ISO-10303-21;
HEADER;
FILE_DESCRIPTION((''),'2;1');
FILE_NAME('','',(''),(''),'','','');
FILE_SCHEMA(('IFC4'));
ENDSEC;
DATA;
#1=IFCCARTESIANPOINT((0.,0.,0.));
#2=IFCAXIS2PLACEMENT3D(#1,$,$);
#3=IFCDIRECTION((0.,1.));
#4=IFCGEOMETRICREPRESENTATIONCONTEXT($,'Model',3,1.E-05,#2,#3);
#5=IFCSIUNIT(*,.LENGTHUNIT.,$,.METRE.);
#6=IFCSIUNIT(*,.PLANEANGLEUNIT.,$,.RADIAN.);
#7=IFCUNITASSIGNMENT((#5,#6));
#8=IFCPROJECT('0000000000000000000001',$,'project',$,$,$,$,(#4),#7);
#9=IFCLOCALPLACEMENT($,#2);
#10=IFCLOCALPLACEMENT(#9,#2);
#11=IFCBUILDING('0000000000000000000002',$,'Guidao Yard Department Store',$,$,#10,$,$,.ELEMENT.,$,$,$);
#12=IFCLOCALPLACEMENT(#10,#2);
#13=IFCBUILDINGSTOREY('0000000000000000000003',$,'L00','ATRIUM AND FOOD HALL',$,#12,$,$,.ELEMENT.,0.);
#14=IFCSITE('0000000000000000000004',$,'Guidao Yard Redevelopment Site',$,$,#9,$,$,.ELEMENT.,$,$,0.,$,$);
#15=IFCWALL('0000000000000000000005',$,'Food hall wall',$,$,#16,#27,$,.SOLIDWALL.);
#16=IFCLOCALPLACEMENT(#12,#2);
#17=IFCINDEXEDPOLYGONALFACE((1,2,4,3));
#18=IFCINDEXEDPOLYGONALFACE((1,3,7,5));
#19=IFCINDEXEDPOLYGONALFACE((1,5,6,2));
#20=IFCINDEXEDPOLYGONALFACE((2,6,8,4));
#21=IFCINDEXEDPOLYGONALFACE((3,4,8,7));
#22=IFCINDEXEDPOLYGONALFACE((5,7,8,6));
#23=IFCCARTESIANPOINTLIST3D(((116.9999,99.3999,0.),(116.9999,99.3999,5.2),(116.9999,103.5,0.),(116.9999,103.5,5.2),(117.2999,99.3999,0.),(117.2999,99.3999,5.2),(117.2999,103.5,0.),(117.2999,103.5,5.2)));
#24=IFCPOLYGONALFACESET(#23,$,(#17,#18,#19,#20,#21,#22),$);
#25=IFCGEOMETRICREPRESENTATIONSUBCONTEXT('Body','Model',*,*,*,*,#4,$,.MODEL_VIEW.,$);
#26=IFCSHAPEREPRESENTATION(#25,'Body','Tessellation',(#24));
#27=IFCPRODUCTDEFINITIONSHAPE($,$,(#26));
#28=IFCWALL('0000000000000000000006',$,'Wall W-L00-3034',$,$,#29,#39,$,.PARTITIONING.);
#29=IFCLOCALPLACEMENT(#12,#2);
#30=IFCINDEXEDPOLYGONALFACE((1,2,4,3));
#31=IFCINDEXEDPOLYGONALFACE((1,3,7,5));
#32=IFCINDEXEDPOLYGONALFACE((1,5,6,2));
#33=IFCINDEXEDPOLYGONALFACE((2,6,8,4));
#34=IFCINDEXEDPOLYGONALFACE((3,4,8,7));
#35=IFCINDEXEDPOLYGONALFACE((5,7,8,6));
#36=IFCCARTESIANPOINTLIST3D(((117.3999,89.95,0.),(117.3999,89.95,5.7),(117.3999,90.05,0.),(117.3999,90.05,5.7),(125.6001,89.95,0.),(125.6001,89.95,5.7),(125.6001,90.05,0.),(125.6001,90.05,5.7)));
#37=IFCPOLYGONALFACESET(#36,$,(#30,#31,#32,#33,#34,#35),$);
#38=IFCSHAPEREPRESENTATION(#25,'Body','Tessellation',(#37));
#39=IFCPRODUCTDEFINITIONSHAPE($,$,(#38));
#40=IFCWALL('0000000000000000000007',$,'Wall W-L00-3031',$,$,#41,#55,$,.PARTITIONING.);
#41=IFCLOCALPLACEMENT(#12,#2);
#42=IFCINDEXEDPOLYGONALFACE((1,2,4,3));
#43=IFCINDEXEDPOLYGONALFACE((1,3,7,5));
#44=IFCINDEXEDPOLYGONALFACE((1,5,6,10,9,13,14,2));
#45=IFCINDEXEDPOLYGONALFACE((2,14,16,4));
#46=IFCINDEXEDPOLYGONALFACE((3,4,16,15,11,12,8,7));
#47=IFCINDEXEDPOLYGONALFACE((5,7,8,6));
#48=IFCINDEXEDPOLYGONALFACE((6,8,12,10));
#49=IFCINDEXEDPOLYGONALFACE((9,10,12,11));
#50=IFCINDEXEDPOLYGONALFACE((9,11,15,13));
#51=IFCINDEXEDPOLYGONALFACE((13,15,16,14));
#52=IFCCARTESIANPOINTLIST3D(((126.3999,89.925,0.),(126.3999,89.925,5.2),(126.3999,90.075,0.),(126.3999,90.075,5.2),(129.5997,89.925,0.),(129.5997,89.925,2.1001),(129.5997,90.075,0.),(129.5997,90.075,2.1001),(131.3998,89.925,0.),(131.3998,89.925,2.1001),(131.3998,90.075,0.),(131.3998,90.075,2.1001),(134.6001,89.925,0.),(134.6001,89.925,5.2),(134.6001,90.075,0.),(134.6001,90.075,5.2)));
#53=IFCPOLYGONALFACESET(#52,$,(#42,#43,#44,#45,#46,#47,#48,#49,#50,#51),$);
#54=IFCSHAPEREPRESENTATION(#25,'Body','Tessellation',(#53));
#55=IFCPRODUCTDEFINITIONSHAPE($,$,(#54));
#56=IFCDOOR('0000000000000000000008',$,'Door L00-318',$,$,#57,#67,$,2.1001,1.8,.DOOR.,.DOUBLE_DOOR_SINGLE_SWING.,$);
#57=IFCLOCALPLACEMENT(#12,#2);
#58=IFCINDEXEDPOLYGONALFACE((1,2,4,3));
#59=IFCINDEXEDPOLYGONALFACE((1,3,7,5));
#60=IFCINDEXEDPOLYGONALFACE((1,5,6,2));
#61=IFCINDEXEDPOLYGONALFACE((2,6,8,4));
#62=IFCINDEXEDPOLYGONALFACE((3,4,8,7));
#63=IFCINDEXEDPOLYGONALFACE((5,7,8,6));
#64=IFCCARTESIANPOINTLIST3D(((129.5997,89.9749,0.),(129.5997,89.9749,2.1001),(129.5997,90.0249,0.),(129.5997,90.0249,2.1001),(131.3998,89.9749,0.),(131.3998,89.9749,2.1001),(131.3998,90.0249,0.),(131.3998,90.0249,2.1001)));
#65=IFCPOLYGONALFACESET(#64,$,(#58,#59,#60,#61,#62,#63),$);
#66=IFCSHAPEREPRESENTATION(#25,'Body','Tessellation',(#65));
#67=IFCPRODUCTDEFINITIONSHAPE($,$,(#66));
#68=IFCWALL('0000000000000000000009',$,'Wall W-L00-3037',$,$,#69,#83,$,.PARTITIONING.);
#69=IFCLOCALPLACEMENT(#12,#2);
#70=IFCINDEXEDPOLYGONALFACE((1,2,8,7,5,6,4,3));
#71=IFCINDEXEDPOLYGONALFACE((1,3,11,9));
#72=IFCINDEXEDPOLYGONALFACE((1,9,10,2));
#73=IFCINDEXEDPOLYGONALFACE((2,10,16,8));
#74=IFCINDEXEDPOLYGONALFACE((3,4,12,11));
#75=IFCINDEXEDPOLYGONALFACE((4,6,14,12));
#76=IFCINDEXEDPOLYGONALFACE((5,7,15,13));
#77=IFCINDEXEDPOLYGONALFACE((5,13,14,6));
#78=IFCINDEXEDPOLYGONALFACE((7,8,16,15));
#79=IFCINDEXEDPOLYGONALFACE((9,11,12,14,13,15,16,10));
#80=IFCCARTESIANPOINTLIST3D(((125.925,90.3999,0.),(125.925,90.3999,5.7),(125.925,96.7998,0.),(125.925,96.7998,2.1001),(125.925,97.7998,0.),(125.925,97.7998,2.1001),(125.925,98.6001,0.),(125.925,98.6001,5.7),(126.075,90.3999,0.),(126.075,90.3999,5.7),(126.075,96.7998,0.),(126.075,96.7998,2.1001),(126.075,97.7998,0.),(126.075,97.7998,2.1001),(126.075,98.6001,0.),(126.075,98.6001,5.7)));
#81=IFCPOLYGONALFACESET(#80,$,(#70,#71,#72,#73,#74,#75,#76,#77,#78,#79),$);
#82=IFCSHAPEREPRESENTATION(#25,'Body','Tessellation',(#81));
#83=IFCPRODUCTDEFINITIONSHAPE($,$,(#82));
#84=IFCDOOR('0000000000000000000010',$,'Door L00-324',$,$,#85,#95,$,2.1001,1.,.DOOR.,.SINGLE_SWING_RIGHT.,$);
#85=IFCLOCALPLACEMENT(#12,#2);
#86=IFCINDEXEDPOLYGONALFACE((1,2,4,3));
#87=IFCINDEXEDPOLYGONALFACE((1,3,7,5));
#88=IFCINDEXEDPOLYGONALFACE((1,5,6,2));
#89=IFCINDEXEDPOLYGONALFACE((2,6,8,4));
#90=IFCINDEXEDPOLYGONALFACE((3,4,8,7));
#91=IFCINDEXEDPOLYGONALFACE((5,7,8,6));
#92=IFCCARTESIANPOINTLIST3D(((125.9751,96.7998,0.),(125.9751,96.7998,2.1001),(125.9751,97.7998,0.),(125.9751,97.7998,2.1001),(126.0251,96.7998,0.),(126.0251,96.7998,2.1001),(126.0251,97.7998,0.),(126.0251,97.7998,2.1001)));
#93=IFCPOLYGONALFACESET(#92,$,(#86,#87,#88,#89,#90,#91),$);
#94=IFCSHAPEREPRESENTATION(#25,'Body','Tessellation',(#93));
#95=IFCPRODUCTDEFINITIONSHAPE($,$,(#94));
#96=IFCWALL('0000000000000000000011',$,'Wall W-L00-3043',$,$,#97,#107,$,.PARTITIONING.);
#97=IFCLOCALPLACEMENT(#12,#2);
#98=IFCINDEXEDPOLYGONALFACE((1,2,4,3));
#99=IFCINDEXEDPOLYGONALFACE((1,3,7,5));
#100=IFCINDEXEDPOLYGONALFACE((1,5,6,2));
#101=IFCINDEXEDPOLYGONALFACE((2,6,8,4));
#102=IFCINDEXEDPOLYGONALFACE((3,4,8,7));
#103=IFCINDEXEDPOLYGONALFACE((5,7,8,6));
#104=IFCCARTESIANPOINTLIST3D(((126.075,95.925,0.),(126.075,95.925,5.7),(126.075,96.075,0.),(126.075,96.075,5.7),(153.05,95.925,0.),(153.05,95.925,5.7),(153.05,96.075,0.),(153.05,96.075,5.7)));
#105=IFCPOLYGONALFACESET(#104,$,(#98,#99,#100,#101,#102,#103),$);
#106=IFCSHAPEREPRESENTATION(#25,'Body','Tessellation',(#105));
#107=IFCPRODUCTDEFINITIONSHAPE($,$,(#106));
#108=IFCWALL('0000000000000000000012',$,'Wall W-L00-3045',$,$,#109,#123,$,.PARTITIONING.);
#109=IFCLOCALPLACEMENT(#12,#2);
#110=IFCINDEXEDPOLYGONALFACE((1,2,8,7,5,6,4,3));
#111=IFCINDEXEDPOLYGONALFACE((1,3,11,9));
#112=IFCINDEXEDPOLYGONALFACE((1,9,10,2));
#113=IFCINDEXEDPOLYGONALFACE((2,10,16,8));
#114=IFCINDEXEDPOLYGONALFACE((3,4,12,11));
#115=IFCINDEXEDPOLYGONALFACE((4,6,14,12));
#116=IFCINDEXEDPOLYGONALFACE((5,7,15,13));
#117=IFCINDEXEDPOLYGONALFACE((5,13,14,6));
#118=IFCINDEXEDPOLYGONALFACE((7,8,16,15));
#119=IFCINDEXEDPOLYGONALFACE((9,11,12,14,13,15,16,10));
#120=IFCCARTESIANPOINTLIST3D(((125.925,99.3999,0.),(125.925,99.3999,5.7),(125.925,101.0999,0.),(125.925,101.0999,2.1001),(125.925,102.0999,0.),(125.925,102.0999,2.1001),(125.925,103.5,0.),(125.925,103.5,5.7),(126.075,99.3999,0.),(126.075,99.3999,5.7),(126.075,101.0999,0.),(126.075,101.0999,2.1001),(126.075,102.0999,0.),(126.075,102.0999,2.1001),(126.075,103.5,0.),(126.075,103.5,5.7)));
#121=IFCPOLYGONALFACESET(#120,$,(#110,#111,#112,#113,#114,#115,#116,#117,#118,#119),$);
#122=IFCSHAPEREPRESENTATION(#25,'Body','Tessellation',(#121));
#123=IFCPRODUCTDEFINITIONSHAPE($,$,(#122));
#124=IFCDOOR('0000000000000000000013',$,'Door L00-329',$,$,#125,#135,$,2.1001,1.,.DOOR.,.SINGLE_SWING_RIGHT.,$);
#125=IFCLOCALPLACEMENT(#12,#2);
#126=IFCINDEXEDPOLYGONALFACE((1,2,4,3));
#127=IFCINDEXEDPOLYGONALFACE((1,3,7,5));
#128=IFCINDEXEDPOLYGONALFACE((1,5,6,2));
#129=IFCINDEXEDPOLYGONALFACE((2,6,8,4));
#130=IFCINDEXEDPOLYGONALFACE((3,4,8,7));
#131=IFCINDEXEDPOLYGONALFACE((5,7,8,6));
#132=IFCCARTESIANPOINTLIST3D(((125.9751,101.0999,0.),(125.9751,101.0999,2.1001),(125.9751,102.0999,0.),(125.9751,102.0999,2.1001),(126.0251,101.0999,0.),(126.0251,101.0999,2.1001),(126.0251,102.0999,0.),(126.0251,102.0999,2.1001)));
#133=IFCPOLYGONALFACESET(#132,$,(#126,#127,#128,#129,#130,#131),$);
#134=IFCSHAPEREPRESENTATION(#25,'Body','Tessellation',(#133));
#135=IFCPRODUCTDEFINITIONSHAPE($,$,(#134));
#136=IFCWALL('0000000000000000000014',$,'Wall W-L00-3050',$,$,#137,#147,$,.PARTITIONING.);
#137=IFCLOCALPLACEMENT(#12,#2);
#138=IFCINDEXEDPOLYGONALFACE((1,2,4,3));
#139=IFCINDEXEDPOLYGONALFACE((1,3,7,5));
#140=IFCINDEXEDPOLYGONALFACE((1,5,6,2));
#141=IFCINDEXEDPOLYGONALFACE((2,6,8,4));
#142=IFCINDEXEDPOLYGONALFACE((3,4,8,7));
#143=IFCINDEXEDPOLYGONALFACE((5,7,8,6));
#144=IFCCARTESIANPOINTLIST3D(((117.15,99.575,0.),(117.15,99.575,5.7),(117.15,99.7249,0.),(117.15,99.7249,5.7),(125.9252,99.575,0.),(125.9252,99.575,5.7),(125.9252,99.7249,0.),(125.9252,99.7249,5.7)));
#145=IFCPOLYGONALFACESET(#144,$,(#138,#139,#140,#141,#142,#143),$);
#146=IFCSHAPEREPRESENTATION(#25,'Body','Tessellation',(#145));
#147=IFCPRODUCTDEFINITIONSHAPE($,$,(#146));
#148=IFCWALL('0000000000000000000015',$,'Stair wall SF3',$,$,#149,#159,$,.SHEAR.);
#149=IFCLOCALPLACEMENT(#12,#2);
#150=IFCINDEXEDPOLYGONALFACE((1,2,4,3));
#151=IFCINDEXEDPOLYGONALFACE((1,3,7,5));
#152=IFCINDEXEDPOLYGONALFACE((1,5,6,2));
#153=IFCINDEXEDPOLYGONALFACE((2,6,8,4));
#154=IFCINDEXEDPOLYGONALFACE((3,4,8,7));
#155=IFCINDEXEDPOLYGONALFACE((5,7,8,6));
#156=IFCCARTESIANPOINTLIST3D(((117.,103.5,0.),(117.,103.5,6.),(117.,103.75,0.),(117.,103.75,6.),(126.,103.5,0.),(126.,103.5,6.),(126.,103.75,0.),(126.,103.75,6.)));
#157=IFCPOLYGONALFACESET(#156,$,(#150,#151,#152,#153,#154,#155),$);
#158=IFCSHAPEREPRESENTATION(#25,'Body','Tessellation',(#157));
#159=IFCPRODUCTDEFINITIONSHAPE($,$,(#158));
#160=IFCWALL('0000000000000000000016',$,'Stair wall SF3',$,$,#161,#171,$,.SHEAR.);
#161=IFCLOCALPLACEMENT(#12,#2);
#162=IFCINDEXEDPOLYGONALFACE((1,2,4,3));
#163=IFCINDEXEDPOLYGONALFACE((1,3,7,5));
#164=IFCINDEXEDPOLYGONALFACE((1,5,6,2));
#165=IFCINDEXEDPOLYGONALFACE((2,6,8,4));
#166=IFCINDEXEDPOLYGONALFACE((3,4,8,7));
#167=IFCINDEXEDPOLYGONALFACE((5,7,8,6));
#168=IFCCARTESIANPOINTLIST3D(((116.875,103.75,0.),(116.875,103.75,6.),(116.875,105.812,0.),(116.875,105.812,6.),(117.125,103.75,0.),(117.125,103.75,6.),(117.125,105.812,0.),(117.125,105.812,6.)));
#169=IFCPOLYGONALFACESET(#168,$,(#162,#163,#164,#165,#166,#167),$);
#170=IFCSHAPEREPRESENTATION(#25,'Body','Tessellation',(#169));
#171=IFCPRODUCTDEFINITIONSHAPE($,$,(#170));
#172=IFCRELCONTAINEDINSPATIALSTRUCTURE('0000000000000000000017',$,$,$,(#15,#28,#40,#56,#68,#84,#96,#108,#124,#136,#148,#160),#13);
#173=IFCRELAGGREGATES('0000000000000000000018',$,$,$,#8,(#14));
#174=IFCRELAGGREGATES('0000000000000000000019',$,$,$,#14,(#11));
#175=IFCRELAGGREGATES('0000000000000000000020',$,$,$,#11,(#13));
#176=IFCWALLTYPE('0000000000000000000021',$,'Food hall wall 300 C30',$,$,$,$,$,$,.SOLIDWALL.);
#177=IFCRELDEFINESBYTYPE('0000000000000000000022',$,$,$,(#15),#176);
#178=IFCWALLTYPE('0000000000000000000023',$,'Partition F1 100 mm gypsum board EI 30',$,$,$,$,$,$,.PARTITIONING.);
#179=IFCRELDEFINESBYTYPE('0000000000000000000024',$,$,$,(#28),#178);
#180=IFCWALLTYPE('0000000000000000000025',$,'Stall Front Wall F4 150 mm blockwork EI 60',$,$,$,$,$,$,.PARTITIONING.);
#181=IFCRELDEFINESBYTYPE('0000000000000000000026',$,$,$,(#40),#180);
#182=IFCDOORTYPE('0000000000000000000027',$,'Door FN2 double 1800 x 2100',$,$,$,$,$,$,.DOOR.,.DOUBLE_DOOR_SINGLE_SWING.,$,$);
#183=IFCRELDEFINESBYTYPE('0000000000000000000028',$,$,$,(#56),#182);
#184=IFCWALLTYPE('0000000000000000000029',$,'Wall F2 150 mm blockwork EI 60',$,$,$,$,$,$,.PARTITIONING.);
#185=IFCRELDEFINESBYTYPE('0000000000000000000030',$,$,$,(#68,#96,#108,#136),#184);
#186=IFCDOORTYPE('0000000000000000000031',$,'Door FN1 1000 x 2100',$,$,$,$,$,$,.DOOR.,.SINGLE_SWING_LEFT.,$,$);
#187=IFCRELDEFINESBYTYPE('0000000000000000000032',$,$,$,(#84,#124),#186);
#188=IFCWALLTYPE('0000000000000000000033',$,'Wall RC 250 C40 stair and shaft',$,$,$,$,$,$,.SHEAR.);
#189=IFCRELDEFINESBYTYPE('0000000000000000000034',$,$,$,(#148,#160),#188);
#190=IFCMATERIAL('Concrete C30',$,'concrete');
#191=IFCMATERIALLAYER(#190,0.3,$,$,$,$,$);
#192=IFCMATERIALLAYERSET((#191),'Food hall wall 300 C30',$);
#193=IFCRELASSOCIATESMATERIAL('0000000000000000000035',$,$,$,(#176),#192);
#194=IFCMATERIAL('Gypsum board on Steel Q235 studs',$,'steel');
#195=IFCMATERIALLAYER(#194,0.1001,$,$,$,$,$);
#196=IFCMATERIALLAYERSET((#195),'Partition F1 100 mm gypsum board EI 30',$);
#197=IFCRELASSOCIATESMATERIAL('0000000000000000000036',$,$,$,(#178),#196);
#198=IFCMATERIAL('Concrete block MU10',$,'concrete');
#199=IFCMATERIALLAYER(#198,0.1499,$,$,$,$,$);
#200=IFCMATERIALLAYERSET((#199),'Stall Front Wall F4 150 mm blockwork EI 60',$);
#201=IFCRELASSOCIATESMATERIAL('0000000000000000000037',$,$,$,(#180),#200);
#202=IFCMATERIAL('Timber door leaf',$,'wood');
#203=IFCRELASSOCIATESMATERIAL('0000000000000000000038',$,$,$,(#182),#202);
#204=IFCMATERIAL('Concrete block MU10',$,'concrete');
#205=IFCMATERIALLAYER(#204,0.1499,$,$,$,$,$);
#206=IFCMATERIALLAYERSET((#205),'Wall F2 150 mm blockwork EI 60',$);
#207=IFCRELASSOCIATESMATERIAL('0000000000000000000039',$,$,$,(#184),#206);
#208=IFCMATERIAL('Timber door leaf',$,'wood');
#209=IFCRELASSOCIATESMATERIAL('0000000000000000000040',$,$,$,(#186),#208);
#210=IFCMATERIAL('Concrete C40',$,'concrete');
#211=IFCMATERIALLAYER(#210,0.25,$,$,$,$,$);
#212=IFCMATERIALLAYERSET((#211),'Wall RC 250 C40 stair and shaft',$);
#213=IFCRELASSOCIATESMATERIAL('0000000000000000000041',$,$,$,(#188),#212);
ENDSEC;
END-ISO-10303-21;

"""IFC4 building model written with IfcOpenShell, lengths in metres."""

from ifc_helpers import new_model, si_unit, direction, frame, frame_2d, origin, place, context, subcontext, project, spatial, rectangle, extrude, material, layer, layer_set, type_object, element, fill, save


model = new_model("IFC4")

# Units and contexts
model_context = context("Model", 3, precision=1e-05, world=origin(), true_north=direction((0.0, 1.0)))
body_context = subcontext(model_context, "Body", "Model", "MODEL_VIEW")
ifc_project = project(units=[si_unit("LENGTHUNIT", "METRE"), si_unit("PLANEANGLEUNIT", "RADIAN")], contexts=[model_context])

# Site, building, storey
site_placement = place(None, origin())
site = spatial("IfcSite", under=ifc_project, at=site_placement, Name="Guidao Yard Redevelopment Site", CompositionType="ELEMENT", RefElevation=0.0)
building_placement = place(site_placement, origin())
building = spatial("IfcBuilding", under=site, at=building_placement, Name="Guidao Yard Department Store", CompositionType="ELEMENT")
storey_placement = place(building_placement, origin())
storey = spatial("IfcBuildingStorey", under=building, at=storey_placement, Name="L00", Description="ATRIUM AND FOOD HALL", CompositionType="ELEMENT", Elevation=0.0)

# Shared definitions
ifc_material_1 = material(Name="Concrete C30", Category="concrete")
ifc_layer_1 = layer(ifc_material_1, 0.3)
ifc_layer_set_1 = layer_set([ifc_layer_1], Name="Food hall wall 300 C30")
wall_type_1 = type_object("IfcWallType", Name="Food hall wall 300 C30", PredefinedType="SOLIDWALL", material=ifc_layer_set_1)

# Walls
wall_1_placement = place(storey_placement, frame((117.1499, 99.3999, 0.0), z_axis=(0.0, 0.0, 1.0), x_axis=(0.0, 1.0, 0.0)))
element("IfcWall", 1, at=wall_1_placement, inside=storey, type_object=wall_type_1, Name="Food hall wall", PredefinedType="SOLIDWALL", context=body_context, shape_type="SweptSolid", body=[
    extrude(rectangle(XDim=4.1001, YDim=0.3, at=frame_2d((2.05, 0.0))), origin(), (0.0, 0.0, 1.0), 5.2),
])
ifc_material_2 = material(Name="Gypsum board on Steel Q235 studs", Category="steel")
ifc_layer_2 = layer(ifc_material_2, 0.1001)
ifc_layer_set_2 = layer_set([ifc_layer_2], Name="Partition F1 100 mm gypsum board EI 30")
wall_type_2 = type_object("IfcWallType", Name="Partition F1 100 mm gypsum board EI 30", PredefinedType="PARTITIONING", material=ifc_layer_set_2)
wall_2_placement = place(storey_placement, frame((117.3999, 90.0, 0.0), z_axis=(0.0, 0.0, 1.0), x_axis=(1.0, 0.0, 0.0)))
element("IfcWall", 2, at=wall_2_placement, inside=storey, type_object=wall_type_2, Name="Wall W-L00-3034", PredefinedType="PARTITIONING", context=body_context, shape_type="SweptSolid", body=[
    extrude(rectangle(XDim=8.2002, YDim=0.1001, at=frame_2d((4.1001, 0.0))), origin(), (0.0, 0.0, 1.0), 5.7),
])

# Walls, openings, doors
ifc_material_3 = material(Name="Concrete block MU10", Category="concrete")
ifc_layer_3 = layer(ifc_material_3, 0.1499)
ifc_layer_set_3 = layer_set([ifc_layer_3], Name="Stall Front Wall F4 150 mm blockwork EI 60")
wall_type_3 = type_object("IfcWallType", Name="Stall Front Wall F4 150 mm blockwork EI 60", PredefinedType="PARTITIONING", material=ifc_layer_set_3)
wall_3_placement = place(storey_placement, frame((126.3999, 90.0, 0.0), z_axis=(0.0, 0.0, 1.0), x_axis=(1.0, 0.0, 0.0)))
wall_3 = element("IfcWall", 3, at=wall_3_placement, inside=storey, type_object=wall_type_3, Name="Wall W-L00-3031", PredefinedType="PARTITIONING", context=body_context, shape_type="SweptSolid", body=[
    extrude(rectangle(XDim=8.2002, YDim=0.1499, at=frame_2d((4.1001, 0.0))), origin(), (0.0, 0.0, 1.0), 5.2),
])
opening_1_placement = place(wall_3_placement, frame((3.2, 0.0, 0.0)))
opening_1 = element("IfcOpeningElement", 4, at=opening_1_placement, cuts=wall_3, PredefinedType="OPENING", context=body_context, shape_type="SweptSolid", body=[
    extrude(rectangle(XDim=1.8, YDim=2.1001, at=frame_2d((0.8999, 1.05))), frame((0.0, 0.085, 0.0), z_axis=(0.0, -1.0, 0.0), x_axis=(1.0, 0.0, 0.0)), (0.0, 0.0, 1.0), 0.1699),
])
ifc_material_4 = material(Name="Timber door leaf", Category="wood")
door_type_1 = type_object("IfcDoorType", Name="Door FN2 double 1800 x 2100", OperationType="DOUBLE_DOOR_SINGLE_SWING", PredefinedType="DOOR", material=ifc_material_4)
door_1_placement = place(opening_1_placement, origin())
door_1 = element("IfcDoor", 5, at=door_1_placement, inside=storey, type_object=door_type_1, Name="Door L00-318", OperationType="DOUBLE_DOOR_SINGLE_SWING", OverallHeight=2.1001, OverallWidth=1.8, PredefinedType="DOOR", context=body_context, shape_type="SweptSolid", body=[
    extrude(rectangle(XDim=1.8, YDim=2.1001, at=frame_2d((0.8999, 1.05))), frame((0.0, 0.0249, 0.0), z_axis=(0.0, -1.0, 0.0), x_axis=(1.0, 0.0, 0.0)), (0.0, 0.0, 1.0), 0.05),
])
fill(opening_1, door_1)
ifc_material_5 = material(Name="Concrete block MU10", Category="concrete")
ifc_layer_4 = layer(ifc_material_5, 0.1499)
ifc_layer_set_4 = layer_set([ifc_layer_4], Name="Wall F2 150 mm blockwork EI 60")
wall_type_4 = type_object("IfcWallType", Name="Wall F2 150 mm blockwork EI 60", PredefinedType="PARTITIONING", material=ifc_layer_set_4)
wall_4_placement = place(storey_placement, frame((126.0, 90.3999, 0.0), z_axis=(0.0, 0.0, 1.0), x_axis=(0.0, 1.0, 0.0)))
wall_4 = element("IfcWall", 6, at=wall_4_placement, inside=storey, type_object=wall_type_4, Name="Wall W-L00-3037", PredefinedType="PARTITIONING", context=body_context, shape_type="SweptSolid", body=[
    extrude(rectangle(XDim=8.2002, YDim=0.1499, at=frame_2d((4.1001, 0.0))), origin(), (0.0, 0.0, 1.0), 5.7),
])
opening_2_placement = place(wall_4_placement, frame((6.3999, 0.0, 0.0)))
opening_2 = element("IfcOpeningElement", 7, at=opening_2_placement, cuts=wall_4, PredefinedType="OPENING", context=body_context, shape_type="SweptSolid", body=[
    extrude(rectangle(XDim=1.0, YDim=2.1001, at=frame_2d((0.5, 1.05))), frame((0.0, 0.085, 0.0), z_axis=(0.0, -1.0, 0.0), x_axis=(1.0, 0.0, 0.0)), (0.0, 0.0, 1.0), 0.1699),
])
ifc_material_6 = material(Name="Timber door leaf", Category="wood")
door_type_2 = type_object("IfcDoorType", Name="Door FN1 1000 x 2100", OperationType="SINGLE_SWING_LEFT", PredefinedType="DOOR", material=ifc_material_6)
door_2_placement = place(opening_2_placement, origin())
door_2 = element("IfcDoor", 8, at=door_2_placement, inside=storey, type_object=door_type_2, Name="Door L00-324", OperationType="SINGLE_SWING_RIGHT", OverallHeight=2.1001, OverallWidth=1.0, PredefinedType="DOOR", context=body_context, shape_type="SweptSolid", body=[
    extrude(rectangle(XDim=1.0, YDim=2.1001, at=frame_2d((0.5, 1.05))), frame((0.0, 0.0249, 0.0), z_axis=(0.0, -1.0, 0.0), x_axis=(1.0, 0.0, 0.0)), (0.0, 0.0, 1.0), 0.05),
])
fill(opening_2, door_2)

# Wall
wall_5_placement = place(storey_placement, frame((126.075, 96.0, 0.0), z_axis=(0.0, 0.0, 1.0), x_axis=(1.0, 0.0, 0.0)))
element("IfcWall", 9, at=wall_5_placement, inside=storey, type_object=wall_type_4, Name="Wall W-L00-3043", PredefinedType="PARTITIONING", context=body_context, shape_type="SweptSolid", body=[
    extrude(rectangle(XDim=26.9751, YDim=0.1499, at=frame_2d((13.4875, 0.0))), origin(), (0.0, 0.0, 1.0), 5.7),
])

# Wall, opening, door
wall_6_placement = place(storey_placement, frame((126.0, 99.3999, 0.0), z_axis=(0.0, 0.0, 1.0), x_axis=(0.0, 1.0, 0.0)))
wall_6 = element("IfcWall", 10, at=wall_6_placement, inside=storey, type_object=wall_type_4, Name="Wall W-L00-3045", PredefinedType="PARTITIONING", context=body_context, shape_type="SweptSolid", body=[
    extrude(rectangle(XDim=4.1001, YDim=0.1499, at=frame_2d((2.05, 0.0))), origin(), (0.0, 0.0, 1.0), 5.7),
])
opening_3_placement = place(wall_6_placement, frame((1.7, 0.0, 0.0)))
opening_3 = element("IfcOpeningElement", 11, at=opening_3_placement, cuts=wall_6, PredefinedType="OPENING", context=body_context, shape_type="SweptSolid", body=[
    extrude(rectangle(XDim=1.0, YDim=2.1001, at=frame_2d((0.5, 1.05))), frame((0.0, 0.085, 0.0), z_axis=(0.0, -1.0, 0.0), x_axis=(1.0, 0.0, 0.0)), (0.0, 0.0, 1.0), 0.1699),
])
door_3_placement = place(opening_3_placement, origin())
door_3 = element("IfcDoor", 12, at=door_3_placement, inside=storey, type_object=door_type_2, Name="Door L00-329", OperationType="SINGLE_SWING_RIGHT", OverallHeight=2.1001, OverallWidth=1.0, PredefinedType="DOOR", context=body_context, shape_type="SweptSolid", body=[
    extrude(rectangle(XDim=1.0, YDim=2.1001, at=frame_2d((0.5, 1.05))), frame((0.0, 0.0249, 0.0), z_axis=(0.0, -1.0, 0.0), x_axis=(1.0, 0.0, 0.0)), (0.0, 0.0, 1.0), 0.05),
])
fill(opening_3, door_3)

# Walls
wall_7_placement = place(storey_placement, frame((117.1499, 99.6499, 0.0), z_axis=(0.0, 0.0, 1.0), x_axis=(1.0, 0.0, 0.0)))
element("IfcWall", 13, at=wall_7_placement, inside=storey, type_object=wall_type_4, Name="Wall W-L00-3050", PredefinedType="PARTITIONING", context=body_context, shape_type="SweptSolid", body=[
    extrude(rectangle(XDim=8.7751, YDim=0.1499, at=frame_2d((4.3877, 0.0))), origin(), (0.0, 0.0, 1.0), 5.7),
])
ifc_material_7 = material(Name="Concrete C40", Category="concrete")
ifc_layer_5 = layer(ifc_material_7, 0.25)
ifc_layer_set_5 = layer_set([ifc_layer_5], Name="Wall RC 250 C40 stair and shaft")
wall_type_5 = type_object("IfcWallType", Name="Wall RC 250 C40 stair and shaft", PredefinedType="SHEAR", material=ifc_layer_set_5)
wall_8_placement = place(storey_placement, frame((117.0, 103.625, 0.0), z_axis=(0.0, 0.0, 1.0), x_axis=(1.0, 0.0, 0.0)))
element("IfcWall", 14, at=wall_8_placement, inside=storey, type_object=wall_type_5, Name="Stair wall SF3", PredefinedType="SHEAR", context=body_context, shape_type="SweptSolid", body=[
    extrude(rectangle(XDim=9.0, YDim=0.25, at=frame_2d((4.5, 0.0))), origin(), (0.0, 0.0, 1.0), 6.0),
])
wall_9_placement = place(storey_placement, frame((117.0, 103.75, 0.0), z_axis=(0.0, 0.0, 1.0), x_axis=(0.0, 1.0, 0.0)))
element("IfcWall", 15, at=wall_9_placement, inside=storey, type_object=wall_type_5, Name="Stair wall SF3", PredefinedType="SHEAR", context=body_context, shape_type="SweptSolid", body=[
    extrude(rectangle(XDim=2.062, YDim=0.25, at=frame_2d((1.031, 0.0))), origin(), (0.0, 0.0, 1.0), 6.0),
])

save(model, "model.ifc")
